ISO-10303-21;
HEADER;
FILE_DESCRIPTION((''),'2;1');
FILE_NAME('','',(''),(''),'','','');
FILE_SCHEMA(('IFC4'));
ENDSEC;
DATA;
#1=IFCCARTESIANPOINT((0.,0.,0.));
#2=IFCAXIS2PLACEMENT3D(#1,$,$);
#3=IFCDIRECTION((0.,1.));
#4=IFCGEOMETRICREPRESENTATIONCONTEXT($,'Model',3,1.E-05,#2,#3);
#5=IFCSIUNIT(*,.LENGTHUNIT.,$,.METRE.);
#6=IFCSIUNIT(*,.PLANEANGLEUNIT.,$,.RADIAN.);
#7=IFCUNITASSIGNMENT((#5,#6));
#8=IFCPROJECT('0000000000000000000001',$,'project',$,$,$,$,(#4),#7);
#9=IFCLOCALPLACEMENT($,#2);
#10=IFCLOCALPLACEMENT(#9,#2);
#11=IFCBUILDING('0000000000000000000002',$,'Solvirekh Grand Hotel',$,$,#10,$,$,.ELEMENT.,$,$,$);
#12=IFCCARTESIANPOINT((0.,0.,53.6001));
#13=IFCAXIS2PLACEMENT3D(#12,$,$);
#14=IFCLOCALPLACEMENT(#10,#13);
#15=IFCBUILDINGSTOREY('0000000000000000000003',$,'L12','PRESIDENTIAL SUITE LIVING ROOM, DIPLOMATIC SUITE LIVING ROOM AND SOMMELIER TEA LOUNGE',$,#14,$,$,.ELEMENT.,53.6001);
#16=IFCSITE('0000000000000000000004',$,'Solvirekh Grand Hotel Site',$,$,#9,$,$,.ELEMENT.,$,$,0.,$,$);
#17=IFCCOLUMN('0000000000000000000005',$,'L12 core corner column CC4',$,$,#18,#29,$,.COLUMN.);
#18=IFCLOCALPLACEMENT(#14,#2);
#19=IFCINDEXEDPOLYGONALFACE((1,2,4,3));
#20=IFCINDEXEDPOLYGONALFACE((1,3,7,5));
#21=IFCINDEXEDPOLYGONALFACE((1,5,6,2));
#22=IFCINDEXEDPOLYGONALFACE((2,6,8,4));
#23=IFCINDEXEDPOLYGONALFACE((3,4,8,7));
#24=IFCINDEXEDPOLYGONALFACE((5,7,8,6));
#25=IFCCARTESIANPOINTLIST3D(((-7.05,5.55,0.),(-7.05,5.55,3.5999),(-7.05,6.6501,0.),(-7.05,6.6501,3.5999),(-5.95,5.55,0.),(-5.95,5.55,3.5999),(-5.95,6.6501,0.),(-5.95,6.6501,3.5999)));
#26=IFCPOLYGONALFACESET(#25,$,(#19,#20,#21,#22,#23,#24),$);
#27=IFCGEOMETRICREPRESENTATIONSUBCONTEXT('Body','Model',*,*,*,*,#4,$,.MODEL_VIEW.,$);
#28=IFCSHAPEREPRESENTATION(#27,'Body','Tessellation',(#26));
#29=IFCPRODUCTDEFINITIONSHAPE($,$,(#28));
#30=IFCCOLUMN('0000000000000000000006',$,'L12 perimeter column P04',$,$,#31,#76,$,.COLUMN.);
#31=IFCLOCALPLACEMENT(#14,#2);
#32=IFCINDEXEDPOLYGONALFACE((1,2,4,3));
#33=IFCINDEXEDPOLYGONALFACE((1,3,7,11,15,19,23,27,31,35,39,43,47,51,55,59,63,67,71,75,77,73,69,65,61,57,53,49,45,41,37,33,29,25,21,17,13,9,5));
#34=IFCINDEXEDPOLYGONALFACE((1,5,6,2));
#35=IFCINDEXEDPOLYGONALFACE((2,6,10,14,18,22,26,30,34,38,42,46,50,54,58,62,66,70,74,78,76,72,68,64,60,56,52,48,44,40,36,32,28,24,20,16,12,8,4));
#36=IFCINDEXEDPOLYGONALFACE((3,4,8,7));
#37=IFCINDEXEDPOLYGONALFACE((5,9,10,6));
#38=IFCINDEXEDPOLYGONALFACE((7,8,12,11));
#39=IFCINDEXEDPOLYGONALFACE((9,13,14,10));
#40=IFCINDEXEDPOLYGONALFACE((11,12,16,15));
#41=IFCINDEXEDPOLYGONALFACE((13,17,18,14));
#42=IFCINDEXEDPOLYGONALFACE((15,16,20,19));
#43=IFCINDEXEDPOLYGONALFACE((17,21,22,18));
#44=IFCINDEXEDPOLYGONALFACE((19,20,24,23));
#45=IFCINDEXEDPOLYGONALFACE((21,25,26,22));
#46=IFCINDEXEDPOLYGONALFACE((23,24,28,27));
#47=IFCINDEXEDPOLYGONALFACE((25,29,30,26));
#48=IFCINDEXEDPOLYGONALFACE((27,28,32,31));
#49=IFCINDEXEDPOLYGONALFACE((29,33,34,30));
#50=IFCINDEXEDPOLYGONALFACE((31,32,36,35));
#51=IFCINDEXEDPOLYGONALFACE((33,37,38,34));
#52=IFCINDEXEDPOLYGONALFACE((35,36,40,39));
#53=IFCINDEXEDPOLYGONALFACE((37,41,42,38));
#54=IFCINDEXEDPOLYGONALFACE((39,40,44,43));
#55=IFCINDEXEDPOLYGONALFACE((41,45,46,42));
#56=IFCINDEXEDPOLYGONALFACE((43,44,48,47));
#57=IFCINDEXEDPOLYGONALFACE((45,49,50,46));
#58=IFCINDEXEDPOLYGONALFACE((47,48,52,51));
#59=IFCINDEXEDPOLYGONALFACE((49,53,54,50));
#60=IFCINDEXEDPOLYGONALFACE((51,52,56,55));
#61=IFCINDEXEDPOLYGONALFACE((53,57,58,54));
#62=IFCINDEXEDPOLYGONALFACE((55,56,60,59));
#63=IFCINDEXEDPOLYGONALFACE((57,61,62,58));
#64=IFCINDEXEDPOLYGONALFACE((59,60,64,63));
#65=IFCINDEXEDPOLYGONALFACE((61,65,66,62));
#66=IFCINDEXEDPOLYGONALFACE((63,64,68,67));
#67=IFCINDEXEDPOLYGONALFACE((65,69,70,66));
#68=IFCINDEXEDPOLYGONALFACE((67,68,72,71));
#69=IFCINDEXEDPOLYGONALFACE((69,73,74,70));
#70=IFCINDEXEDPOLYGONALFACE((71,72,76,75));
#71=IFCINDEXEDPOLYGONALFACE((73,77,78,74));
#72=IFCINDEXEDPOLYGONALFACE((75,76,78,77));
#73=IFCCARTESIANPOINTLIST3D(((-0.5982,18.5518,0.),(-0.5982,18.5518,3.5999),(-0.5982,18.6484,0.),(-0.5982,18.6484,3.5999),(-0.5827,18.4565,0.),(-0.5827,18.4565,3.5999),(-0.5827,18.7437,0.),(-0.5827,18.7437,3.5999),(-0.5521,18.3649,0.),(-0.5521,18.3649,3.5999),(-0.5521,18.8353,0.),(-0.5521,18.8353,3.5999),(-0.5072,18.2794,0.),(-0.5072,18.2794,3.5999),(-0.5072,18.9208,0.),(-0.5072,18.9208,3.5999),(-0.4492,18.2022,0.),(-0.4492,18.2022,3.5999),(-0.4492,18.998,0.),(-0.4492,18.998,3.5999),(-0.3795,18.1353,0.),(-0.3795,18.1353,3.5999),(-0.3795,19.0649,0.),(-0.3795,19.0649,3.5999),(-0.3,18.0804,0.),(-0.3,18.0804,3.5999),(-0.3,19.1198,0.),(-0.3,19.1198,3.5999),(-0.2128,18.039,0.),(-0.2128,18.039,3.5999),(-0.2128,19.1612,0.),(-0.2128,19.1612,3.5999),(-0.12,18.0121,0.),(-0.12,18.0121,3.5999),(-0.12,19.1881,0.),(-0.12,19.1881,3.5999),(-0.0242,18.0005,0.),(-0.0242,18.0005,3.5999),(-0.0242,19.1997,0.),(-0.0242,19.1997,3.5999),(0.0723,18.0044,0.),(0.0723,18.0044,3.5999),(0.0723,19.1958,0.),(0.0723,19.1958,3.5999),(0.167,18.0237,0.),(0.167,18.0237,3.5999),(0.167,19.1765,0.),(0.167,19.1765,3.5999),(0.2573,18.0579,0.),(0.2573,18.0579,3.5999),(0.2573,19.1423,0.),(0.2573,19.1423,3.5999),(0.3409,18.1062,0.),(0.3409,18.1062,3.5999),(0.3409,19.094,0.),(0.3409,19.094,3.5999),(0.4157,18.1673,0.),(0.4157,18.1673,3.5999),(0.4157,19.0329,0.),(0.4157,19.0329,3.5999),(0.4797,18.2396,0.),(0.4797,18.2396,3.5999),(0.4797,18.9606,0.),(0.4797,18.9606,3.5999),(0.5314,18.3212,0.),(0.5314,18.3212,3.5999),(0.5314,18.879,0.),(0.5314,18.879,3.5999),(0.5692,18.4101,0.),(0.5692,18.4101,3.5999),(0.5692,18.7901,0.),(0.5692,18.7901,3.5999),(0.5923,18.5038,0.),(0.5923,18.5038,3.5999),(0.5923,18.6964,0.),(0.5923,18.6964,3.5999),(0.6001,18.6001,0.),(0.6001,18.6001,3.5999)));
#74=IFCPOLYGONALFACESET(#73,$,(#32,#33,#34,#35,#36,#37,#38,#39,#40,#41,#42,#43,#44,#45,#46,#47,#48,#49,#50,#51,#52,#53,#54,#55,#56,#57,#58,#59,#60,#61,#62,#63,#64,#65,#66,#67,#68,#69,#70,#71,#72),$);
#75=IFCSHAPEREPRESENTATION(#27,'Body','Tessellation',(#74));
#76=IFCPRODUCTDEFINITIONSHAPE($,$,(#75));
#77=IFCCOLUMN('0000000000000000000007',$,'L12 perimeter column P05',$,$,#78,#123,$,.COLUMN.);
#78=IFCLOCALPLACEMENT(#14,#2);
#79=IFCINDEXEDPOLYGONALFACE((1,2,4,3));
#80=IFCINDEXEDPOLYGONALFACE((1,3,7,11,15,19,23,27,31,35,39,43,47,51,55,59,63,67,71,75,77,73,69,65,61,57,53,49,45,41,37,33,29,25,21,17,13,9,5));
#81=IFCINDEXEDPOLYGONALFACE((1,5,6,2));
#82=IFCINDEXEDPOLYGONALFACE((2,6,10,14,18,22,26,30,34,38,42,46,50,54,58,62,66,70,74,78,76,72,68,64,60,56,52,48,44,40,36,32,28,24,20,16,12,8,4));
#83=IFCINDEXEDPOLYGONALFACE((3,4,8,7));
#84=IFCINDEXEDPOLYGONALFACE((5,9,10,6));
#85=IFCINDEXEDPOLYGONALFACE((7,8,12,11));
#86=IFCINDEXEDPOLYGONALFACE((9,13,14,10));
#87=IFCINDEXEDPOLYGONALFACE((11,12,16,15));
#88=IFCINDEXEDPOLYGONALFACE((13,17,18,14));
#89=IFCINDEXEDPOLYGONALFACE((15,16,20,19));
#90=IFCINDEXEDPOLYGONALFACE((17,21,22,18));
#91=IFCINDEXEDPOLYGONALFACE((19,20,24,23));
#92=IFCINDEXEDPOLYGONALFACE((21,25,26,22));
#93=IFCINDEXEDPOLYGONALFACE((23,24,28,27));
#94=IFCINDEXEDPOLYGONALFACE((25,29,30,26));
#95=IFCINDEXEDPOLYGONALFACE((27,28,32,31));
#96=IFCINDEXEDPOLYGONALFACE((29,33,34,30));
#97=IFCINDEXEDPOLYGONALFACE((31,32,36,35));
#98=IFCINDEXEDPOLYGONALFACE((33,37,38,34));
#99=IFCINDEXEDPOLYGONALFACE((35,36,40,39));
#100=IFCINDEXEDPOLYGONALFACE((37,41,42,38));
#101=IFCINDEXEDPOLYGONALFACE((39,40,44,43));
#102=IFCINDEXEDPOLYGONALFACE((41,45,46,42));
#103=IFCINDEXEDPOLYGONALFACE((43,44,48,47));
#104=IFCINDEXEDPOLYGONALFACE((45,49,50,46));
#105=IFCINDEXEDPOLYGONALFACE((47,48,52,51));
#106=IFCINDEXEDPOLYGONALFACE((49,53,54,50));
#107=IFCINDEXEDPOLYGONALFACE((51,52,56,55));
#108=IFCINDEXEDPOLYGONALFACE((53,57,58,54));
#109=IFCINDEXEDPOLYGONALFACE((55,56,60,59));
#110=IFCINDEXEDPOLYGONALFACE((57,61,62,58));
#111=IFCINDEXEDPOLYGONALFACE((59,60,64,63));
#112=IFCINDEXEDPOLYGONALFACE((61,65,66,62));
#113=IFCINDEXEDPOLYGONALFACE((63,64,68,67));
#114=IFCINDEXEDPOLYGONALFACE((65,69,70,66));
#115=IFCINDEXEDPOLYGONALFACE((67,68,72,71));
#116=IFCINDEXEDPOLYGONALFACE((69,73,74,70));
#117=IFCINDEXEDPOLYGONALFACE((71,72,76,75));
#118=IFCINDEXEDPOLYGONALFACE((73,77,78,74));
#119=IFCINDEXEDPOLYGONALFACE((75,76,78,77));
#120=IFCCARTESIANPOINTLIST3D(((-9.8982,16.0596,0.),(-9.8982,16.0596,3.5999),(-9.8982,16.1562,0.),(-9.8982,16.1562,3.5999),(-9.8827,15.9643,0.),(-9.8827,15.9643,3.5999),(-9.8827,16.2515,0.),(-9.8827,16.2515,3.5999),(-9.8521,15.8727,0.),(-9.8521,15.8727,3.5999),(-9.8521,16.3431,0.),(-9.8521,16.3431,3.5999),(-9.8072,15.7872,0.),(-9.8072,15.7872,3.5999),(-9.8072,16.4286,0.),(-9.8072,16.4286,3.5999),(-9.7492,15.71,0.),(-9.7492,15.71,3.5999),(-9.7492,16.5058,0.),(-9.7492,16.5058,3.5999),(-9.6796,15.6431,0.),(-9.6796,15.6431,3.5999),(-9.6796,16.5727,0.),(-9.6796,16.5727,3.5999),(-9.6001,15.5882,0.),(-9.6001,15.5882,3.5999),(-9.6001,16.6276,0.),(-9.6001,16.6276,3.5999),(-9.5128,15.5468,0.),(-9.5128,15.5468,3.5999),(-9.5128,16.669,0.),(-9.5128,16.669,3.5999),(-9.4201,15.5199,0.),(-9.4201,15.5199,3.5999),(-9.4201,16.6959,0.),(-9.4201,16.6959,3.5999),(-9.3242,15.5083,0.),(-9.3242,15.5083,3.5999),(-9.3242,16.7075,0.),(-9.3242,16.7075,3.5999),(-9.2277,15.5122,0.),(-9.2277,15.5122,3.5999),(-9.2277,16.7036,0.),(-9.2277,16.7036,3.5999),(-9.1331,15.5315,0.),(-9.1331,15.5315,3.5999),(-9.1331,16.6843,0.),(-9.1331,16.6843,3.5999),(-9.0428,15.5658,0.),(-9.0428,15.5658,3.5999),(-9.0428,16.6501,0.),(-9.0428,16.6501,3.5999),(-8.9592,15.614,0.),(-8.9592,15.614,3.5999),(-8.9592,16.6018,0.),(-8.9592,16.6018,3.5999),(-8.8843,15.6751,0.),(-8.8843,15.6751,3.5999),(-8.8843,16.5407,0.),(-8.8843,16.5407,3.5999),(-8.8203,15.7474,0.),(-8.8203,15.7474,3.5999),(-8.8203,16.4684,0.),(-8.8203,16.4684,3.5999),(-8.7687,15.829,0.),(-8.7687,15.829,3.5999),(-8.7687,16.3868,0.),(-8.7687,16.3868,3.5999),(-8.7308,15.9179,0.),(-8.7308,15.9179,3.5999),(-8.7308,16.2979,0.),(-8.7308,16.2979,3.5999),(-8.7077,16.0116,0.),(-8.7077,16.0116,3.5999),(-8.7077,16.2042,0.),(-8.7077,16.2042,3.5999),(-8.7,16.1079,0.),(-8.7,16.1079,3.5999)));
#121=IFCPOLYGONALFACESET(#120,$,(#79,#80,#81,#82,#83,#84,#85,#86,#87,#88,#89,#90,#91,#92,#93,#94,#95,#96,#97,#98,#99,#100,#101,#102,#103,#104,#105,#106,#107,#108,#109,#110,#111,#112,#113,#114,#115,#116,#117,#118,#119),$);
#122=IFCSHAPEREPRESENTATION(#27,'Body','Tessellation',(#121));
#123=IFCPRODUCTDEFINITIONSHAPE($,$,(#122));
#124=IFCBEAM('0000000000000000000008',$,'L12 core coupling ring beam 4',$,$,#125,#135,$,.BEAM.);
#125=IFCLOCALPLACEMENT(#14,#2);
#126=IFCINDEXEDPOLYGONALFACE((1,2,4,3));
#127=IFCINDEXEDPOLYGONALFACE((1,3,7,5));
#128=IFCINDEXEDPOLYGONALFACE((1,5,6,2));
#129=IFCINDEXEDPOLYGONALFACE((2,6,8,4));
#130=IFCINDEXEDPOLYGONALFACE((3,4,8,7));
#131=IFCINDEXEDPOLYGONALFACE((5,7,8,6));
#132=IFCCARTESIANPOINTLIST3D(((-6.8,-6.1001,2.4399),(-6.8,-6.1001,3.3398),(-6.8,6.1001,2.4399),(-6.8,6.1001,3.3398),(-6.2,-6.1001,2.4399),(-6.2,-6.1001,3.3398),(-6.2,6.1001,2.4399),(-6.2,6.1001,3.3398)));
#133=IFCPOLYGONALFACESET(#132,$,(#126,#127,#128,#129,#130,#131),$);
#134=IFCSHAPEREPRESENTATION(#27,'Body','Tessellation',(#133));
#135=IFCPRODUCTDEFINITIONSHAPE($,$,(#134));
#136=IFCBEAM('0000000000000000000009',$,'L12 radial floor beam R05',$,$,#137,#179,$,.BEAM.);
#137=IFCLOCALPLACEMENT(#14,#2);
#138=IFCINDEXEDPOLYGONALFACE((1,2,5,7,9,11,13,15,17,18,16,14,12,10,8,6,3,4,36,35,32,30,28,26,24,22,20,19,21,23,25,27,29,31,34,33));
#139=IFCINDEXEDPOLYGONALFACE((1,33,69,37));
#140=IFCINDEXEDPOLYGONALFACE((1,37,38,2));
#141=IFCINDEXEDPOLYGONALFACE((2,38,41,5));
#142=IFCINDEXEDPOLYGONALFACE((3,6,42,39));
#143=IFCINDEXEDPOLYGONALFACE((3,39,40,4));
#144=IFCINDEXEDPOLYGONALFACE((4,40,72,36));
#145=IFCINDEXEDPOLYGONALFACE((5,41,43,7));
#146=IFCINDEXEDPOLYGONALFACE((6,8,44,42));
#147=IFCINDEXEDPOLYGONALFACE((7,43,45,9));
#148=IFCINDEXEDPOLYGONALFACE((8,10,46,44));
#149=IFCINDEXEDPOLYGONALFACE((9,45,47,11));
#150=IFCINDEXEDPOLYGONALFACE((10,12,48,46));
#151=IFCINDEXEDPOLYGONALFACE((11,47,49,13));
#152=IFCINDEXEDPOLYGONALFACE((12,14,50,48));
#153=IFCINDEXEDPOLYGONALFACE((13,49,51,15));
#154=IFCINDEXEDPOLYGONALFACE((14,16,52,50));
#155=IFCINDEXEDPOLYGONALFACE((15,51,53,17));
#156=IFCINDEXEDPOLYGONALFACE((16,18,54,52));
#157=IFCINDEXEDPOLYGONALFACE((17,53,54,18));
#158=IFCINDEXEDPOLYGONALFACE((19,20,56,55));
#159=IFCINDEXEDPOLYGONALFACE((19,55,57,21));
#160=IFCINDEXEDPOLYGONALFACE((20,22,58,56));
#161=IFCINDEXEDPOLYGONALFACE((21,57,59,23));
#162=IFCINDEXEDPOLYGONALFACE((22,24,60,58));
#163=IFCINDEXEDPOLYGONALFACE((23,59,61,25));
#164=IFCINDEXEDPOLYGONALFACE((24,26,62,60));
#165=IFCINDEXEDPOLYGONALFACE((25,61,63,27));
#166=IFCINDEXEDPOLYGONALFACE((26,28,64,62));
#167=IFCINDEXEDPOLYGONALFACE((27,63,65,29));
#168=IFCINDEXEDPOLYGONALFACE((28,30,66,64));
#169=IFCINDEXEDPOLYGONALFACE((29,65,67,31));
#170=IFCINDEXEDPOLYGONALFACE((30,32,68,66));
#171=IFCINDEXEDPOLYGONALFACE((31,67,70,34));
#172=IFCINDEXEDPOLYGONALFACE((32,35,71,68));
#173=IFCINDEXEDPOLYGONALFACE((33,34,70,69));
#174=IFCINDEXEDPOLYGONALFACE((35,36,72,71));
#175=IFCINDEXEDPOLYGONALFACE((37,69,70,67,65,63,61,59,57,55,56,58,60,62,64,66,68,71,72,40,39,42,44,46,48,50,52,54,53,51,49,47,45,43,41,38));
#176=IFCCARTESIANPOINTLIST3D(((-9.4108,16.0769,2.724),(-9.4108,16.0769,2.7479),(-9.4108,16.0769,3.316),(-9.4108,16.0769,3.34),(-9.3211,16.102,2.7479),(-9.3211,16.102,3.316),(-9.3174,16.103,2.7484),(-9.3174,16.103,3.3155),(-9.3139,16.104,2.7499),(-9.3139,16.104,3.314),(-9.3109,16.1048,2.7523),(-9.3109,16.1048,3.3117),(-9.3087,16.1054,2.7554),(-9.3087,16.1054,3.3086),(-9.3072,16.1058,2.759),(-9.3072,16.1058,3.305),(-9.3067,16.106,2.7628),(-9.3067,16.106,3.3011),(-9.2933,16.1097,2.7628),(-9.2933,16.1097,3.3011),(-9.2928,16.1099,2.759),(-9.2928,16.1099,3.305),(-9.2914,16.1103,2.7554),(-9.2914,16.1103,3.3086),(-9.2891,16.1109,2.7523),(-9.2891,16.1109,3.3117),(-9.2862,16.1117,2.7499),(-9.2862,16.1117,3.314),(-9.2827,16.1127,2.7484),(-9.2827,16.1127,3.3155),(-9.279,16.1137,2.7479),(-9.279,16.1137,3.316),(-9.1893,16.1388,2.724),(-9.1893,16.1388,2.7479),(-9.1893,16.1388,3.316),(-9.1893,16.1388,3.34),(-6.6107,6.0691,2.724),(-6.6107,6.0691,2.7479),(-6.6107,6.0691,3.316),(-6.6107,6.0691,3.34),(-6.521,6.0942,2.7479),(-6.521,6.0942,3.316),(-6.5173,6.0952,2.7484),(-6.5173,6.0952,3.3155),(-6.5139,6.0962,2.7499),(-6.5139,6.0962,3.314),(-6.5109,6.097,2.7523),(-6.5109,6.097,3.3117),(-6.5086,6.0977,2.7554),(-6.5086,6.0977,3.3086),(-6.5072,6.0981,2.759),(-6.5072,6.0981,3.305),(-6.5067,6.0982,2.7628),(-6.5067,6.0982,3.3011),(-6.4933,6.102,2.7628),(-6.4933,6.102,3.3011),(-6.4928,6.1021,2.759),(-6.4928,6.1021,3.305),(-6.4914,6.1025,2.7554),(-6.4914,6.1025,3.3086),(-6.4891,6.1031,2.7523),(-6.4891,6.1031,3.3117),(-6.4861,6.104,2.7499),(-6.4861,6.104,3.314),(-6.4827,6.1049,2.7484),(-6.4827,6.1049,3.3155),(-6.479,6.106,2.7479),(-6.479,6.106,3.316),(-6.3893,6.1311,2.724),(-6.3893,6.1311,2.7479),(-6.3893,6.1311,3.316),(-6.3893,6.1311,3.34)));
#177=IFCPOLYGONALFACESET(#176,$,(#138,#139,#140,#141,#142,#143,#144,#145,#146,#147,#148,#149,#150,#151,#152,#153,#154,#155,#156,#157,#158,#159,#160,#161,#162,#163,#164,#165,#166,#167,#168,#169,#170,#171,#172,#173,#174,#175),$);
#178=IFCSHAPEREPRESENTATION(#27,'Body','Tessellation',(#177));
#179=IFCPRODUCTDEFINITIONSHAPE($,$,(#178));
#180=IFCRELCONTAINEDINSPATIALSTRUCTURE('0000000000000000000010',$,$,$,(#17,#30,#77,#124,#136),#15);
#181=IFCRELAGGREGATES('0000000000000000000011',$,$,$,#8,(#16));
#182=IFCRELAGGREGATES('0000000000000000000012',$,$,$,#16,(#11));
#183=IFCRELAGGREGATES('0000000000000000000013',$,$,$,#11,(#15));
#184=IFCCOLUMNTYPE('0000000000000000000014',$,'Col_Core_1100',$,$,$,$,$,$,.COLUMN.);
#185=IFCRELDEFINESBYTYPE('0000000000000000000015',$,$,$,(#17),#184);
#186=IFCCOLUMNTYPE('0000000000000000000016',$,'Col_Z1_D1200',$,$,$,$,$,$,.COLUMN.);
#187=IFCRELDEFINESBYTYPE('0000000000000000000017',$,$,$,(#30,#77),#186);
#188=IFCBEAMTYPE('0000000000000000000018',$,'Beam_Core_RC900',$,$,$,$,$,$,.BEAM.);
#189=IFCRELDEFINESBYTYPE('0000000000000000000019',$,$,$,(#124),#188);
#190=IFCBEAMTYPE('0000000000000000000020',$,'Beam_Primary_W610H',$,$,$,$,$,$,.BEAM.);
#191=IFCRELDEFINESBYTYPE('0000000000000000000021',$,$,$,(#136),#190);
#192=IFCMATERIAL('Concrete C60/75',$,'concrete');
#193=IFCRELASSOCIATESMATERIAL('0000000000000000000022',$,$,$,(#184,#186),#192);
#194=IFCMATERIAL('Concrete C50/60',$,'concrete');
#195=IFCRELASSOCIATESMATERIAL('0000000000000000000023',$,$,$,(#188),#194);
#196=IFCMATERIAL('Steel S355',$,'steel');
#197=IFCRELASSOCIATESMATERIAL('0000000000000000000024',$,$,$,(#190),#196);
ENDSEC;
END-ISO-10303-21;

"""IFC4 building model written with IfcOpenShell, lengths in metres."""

from ifc_helpers import new_model, si_unit, direction, frame, origin, origin_2d, place, context, subcontext, project, spatial, rectangle, circle, i_section, extrude, material, material_profile, profile_set, type_object, element, save


model = new_model("IFC4")

# Units and contexts
model_context = context("Model", 3, precision=1e-05, world=origin(), true_north=direction((0.0, 1.0)))
body_context = subcontext(model_context, "Body", "Model", "MODEL_VIEW")
ifc_project = project(units=[si_unit("LENGTHUNIT", "METRE"), si_unit("PLANEANGLEUNIT", "RADIAN")], contexts=[model_context])

# Site, building, storey
site_placement = place(None, origin())
site = spatial("IfcSite", under=ifc_project, at=site_placement, Name="Solvirekh Grand Hotel Site", CompositionType="ELEMENT", RefElevation=0.0)
building_placement = place(site_placement, origin())
building = spatial("IfcBuilding", under=site, at=building_placement, Name="Solvirekh Grand Hotel", CompositionType="ELEMENT")
storey_placement = place(building_placement, frame((0.0, 0.0, 53.6001)))
storey = spatial("IfcBuildingStorey", under=building, at=storey_placement, Name="L12", Description="PRESIDENTIAL SUITE LIVING ROOM, DIPLOMATIC SUITE LIVING ROOM AND SOMMELIER TEA LOUNGE", CompositionType="ELEMENT", Elevation=53.6001)

# Columns
ifc_material_1 = material(Name="Concrete C60/75", Category="concrete")
ifc_material_profile_1 = material_profile(ifc_material_1, rectangle(XDim=1.1001, YDim=1.1001, at=origin_2d()), Name="RC 1100X1100")
ifc_profile_set_1 = profile_set([ifc_material_profile_1], Name="Concrete C60/75")
column_type_1 = type_object("IfcColumnType", Name="Col_Core_1100", PredefinedType="COLUMN", material=ifc_profile_set_1)
column_placement = place(storey_placement, frame((-6.5, 6.1001, 0.0), z_axis=(0.0, 0.0, 1.0), x_axis=(1.0, 0.0, 0.0)))
element("IfcColumn", 1, at=column_placement, inside=storey, type_object=column_type_1, Name="L12 core corner column CC4", PredefinedType="COLUMN", context=body_context, shape_type="SweptSolid", body=[
    extrude(rectangle(XDim=1.1001, YDim=1.1001, at=origin_2d()), origin(), (0.0, 0.0, 1.0), 3.5999),
])
ifc_material_profile_2 = material_profile(ifc_material_1, circle(Radius=0.6001, at=origin_2d()), Name="RC CIRC D1200")
ifc_profile_set_2 = profile_set([ifc_material_profile_2], Name="Concrete C60/75")
column_type_2 = type_object("IfcColumnType", Name="Col_Z1_D1200", PredefinedType="COLUMN", material=ifc_profile_set_2)
for number, where, z_axis, x_axis, name in (
    (2, (0.0, 18.6001, 0.0), (0.0, 0.0, 1.0), (1.0, 0.0, 0.0), "L12 perimeter column P04"),
    (3, (-9.3, 16.1079, 0.0), (0.0, 0.0, 1.0), (1.0, 0.0, 0.0), "L12 perimeter column P05"),
):
    element("IfcColumn", number, at=place(storey_placement, frame(where, z_axis=z_axis, x_axis=x_axis)), inside=storey, type_object=column_type_2, Name=name, PredefinedType="COLUMN", context=body_context, shape_type="SweptSolid", body=[
        extrude(circle(Radius=0.6001, at=origin_2d()), origin(), (0.0, 0.0, 1.0), 3.5999),
    ])

# Beams
ifc_material_2 = material(Name="Concrete C50/60", Category="concrete")
ifc_material_profile_3 = material_profile(ifc_material_2, rectangle(XDim=0.6001, YDim=0.8999, at=origin_2d()), Name="RC BEAM 600X900")
ifc_profile_set_3 = profile_set([ifc_material_profile_3], Name="Concrete C50/60")
beam_type_1 = type_object("IfcBeamType", Name="Beam_Core_RC900", PredefinedType="BEAM", material=ifc_profile_set_3)
beam_1_placement = place(storey_placement, frame((-6.5, 6.1001, 2.8899), z_axis=(0.0, -1.0, 0.0), x_axis=(1.0, 0.0, 0.0)))
element("IfcBeam", 4, at=beam_1_placement, inside=storey, type_object=beam_type_1, Name="L12 core coupling ring beam 4", PredefinedType="BEAM", context=body_context, shape_type="SweptSolid", body=[
    extrude(rectangle(XDim=0.6001, YDim=0.8999, at=origin_2d()), origin(), (0.0, 0.0, 1.0), 12.2002),
])
ifc_material_3 = material(Name="Steel S355", Category="steel")
ifc_material_profile_4 = material_profile(ifc_material_3, i_section(OverallWidth=0.23, OverallDepth=0.616, WebThickness=0.0139, FlangeThickness=0.0239, FilletRadius=0.0149, at=origin_2d()), Name="W610X174")
ifc_profile_set_4 = profile_set([ifc_material_profile_4], Name="Steel S355")
beam_type_2 = type_object("IfcBeamType", Name="Beam_Primary_W610H", PredefinedType="BEAM", material=ifc_profile_set_4)
beam_2_placement = place(storey_placement, frame((-6.5, 6.1001, 3.032), z_axis=(-0.269439, 0.963017, 0.0), x_axis=(-0.963017, -0.269439, 0.0)))
element("IfcBeam", 5, at=beam_2_placement, inside=storey, type_object=beam_type_2, Name="L12 radial floor beam R05", PredefinedType="BEAM", context=body_context, shape_type="SweptSolid", body=[
    extrude(i_section(OverallWidth=0.23, OverallDepth=0.616, WebThickness=0.0139, FlangeThickness=0.0239, FilletRadius=0.0149, at=origin_2d()), origin(), (0.0, 0.0, 1.0), 10.3921),
])

save(model, "model.ifc")
